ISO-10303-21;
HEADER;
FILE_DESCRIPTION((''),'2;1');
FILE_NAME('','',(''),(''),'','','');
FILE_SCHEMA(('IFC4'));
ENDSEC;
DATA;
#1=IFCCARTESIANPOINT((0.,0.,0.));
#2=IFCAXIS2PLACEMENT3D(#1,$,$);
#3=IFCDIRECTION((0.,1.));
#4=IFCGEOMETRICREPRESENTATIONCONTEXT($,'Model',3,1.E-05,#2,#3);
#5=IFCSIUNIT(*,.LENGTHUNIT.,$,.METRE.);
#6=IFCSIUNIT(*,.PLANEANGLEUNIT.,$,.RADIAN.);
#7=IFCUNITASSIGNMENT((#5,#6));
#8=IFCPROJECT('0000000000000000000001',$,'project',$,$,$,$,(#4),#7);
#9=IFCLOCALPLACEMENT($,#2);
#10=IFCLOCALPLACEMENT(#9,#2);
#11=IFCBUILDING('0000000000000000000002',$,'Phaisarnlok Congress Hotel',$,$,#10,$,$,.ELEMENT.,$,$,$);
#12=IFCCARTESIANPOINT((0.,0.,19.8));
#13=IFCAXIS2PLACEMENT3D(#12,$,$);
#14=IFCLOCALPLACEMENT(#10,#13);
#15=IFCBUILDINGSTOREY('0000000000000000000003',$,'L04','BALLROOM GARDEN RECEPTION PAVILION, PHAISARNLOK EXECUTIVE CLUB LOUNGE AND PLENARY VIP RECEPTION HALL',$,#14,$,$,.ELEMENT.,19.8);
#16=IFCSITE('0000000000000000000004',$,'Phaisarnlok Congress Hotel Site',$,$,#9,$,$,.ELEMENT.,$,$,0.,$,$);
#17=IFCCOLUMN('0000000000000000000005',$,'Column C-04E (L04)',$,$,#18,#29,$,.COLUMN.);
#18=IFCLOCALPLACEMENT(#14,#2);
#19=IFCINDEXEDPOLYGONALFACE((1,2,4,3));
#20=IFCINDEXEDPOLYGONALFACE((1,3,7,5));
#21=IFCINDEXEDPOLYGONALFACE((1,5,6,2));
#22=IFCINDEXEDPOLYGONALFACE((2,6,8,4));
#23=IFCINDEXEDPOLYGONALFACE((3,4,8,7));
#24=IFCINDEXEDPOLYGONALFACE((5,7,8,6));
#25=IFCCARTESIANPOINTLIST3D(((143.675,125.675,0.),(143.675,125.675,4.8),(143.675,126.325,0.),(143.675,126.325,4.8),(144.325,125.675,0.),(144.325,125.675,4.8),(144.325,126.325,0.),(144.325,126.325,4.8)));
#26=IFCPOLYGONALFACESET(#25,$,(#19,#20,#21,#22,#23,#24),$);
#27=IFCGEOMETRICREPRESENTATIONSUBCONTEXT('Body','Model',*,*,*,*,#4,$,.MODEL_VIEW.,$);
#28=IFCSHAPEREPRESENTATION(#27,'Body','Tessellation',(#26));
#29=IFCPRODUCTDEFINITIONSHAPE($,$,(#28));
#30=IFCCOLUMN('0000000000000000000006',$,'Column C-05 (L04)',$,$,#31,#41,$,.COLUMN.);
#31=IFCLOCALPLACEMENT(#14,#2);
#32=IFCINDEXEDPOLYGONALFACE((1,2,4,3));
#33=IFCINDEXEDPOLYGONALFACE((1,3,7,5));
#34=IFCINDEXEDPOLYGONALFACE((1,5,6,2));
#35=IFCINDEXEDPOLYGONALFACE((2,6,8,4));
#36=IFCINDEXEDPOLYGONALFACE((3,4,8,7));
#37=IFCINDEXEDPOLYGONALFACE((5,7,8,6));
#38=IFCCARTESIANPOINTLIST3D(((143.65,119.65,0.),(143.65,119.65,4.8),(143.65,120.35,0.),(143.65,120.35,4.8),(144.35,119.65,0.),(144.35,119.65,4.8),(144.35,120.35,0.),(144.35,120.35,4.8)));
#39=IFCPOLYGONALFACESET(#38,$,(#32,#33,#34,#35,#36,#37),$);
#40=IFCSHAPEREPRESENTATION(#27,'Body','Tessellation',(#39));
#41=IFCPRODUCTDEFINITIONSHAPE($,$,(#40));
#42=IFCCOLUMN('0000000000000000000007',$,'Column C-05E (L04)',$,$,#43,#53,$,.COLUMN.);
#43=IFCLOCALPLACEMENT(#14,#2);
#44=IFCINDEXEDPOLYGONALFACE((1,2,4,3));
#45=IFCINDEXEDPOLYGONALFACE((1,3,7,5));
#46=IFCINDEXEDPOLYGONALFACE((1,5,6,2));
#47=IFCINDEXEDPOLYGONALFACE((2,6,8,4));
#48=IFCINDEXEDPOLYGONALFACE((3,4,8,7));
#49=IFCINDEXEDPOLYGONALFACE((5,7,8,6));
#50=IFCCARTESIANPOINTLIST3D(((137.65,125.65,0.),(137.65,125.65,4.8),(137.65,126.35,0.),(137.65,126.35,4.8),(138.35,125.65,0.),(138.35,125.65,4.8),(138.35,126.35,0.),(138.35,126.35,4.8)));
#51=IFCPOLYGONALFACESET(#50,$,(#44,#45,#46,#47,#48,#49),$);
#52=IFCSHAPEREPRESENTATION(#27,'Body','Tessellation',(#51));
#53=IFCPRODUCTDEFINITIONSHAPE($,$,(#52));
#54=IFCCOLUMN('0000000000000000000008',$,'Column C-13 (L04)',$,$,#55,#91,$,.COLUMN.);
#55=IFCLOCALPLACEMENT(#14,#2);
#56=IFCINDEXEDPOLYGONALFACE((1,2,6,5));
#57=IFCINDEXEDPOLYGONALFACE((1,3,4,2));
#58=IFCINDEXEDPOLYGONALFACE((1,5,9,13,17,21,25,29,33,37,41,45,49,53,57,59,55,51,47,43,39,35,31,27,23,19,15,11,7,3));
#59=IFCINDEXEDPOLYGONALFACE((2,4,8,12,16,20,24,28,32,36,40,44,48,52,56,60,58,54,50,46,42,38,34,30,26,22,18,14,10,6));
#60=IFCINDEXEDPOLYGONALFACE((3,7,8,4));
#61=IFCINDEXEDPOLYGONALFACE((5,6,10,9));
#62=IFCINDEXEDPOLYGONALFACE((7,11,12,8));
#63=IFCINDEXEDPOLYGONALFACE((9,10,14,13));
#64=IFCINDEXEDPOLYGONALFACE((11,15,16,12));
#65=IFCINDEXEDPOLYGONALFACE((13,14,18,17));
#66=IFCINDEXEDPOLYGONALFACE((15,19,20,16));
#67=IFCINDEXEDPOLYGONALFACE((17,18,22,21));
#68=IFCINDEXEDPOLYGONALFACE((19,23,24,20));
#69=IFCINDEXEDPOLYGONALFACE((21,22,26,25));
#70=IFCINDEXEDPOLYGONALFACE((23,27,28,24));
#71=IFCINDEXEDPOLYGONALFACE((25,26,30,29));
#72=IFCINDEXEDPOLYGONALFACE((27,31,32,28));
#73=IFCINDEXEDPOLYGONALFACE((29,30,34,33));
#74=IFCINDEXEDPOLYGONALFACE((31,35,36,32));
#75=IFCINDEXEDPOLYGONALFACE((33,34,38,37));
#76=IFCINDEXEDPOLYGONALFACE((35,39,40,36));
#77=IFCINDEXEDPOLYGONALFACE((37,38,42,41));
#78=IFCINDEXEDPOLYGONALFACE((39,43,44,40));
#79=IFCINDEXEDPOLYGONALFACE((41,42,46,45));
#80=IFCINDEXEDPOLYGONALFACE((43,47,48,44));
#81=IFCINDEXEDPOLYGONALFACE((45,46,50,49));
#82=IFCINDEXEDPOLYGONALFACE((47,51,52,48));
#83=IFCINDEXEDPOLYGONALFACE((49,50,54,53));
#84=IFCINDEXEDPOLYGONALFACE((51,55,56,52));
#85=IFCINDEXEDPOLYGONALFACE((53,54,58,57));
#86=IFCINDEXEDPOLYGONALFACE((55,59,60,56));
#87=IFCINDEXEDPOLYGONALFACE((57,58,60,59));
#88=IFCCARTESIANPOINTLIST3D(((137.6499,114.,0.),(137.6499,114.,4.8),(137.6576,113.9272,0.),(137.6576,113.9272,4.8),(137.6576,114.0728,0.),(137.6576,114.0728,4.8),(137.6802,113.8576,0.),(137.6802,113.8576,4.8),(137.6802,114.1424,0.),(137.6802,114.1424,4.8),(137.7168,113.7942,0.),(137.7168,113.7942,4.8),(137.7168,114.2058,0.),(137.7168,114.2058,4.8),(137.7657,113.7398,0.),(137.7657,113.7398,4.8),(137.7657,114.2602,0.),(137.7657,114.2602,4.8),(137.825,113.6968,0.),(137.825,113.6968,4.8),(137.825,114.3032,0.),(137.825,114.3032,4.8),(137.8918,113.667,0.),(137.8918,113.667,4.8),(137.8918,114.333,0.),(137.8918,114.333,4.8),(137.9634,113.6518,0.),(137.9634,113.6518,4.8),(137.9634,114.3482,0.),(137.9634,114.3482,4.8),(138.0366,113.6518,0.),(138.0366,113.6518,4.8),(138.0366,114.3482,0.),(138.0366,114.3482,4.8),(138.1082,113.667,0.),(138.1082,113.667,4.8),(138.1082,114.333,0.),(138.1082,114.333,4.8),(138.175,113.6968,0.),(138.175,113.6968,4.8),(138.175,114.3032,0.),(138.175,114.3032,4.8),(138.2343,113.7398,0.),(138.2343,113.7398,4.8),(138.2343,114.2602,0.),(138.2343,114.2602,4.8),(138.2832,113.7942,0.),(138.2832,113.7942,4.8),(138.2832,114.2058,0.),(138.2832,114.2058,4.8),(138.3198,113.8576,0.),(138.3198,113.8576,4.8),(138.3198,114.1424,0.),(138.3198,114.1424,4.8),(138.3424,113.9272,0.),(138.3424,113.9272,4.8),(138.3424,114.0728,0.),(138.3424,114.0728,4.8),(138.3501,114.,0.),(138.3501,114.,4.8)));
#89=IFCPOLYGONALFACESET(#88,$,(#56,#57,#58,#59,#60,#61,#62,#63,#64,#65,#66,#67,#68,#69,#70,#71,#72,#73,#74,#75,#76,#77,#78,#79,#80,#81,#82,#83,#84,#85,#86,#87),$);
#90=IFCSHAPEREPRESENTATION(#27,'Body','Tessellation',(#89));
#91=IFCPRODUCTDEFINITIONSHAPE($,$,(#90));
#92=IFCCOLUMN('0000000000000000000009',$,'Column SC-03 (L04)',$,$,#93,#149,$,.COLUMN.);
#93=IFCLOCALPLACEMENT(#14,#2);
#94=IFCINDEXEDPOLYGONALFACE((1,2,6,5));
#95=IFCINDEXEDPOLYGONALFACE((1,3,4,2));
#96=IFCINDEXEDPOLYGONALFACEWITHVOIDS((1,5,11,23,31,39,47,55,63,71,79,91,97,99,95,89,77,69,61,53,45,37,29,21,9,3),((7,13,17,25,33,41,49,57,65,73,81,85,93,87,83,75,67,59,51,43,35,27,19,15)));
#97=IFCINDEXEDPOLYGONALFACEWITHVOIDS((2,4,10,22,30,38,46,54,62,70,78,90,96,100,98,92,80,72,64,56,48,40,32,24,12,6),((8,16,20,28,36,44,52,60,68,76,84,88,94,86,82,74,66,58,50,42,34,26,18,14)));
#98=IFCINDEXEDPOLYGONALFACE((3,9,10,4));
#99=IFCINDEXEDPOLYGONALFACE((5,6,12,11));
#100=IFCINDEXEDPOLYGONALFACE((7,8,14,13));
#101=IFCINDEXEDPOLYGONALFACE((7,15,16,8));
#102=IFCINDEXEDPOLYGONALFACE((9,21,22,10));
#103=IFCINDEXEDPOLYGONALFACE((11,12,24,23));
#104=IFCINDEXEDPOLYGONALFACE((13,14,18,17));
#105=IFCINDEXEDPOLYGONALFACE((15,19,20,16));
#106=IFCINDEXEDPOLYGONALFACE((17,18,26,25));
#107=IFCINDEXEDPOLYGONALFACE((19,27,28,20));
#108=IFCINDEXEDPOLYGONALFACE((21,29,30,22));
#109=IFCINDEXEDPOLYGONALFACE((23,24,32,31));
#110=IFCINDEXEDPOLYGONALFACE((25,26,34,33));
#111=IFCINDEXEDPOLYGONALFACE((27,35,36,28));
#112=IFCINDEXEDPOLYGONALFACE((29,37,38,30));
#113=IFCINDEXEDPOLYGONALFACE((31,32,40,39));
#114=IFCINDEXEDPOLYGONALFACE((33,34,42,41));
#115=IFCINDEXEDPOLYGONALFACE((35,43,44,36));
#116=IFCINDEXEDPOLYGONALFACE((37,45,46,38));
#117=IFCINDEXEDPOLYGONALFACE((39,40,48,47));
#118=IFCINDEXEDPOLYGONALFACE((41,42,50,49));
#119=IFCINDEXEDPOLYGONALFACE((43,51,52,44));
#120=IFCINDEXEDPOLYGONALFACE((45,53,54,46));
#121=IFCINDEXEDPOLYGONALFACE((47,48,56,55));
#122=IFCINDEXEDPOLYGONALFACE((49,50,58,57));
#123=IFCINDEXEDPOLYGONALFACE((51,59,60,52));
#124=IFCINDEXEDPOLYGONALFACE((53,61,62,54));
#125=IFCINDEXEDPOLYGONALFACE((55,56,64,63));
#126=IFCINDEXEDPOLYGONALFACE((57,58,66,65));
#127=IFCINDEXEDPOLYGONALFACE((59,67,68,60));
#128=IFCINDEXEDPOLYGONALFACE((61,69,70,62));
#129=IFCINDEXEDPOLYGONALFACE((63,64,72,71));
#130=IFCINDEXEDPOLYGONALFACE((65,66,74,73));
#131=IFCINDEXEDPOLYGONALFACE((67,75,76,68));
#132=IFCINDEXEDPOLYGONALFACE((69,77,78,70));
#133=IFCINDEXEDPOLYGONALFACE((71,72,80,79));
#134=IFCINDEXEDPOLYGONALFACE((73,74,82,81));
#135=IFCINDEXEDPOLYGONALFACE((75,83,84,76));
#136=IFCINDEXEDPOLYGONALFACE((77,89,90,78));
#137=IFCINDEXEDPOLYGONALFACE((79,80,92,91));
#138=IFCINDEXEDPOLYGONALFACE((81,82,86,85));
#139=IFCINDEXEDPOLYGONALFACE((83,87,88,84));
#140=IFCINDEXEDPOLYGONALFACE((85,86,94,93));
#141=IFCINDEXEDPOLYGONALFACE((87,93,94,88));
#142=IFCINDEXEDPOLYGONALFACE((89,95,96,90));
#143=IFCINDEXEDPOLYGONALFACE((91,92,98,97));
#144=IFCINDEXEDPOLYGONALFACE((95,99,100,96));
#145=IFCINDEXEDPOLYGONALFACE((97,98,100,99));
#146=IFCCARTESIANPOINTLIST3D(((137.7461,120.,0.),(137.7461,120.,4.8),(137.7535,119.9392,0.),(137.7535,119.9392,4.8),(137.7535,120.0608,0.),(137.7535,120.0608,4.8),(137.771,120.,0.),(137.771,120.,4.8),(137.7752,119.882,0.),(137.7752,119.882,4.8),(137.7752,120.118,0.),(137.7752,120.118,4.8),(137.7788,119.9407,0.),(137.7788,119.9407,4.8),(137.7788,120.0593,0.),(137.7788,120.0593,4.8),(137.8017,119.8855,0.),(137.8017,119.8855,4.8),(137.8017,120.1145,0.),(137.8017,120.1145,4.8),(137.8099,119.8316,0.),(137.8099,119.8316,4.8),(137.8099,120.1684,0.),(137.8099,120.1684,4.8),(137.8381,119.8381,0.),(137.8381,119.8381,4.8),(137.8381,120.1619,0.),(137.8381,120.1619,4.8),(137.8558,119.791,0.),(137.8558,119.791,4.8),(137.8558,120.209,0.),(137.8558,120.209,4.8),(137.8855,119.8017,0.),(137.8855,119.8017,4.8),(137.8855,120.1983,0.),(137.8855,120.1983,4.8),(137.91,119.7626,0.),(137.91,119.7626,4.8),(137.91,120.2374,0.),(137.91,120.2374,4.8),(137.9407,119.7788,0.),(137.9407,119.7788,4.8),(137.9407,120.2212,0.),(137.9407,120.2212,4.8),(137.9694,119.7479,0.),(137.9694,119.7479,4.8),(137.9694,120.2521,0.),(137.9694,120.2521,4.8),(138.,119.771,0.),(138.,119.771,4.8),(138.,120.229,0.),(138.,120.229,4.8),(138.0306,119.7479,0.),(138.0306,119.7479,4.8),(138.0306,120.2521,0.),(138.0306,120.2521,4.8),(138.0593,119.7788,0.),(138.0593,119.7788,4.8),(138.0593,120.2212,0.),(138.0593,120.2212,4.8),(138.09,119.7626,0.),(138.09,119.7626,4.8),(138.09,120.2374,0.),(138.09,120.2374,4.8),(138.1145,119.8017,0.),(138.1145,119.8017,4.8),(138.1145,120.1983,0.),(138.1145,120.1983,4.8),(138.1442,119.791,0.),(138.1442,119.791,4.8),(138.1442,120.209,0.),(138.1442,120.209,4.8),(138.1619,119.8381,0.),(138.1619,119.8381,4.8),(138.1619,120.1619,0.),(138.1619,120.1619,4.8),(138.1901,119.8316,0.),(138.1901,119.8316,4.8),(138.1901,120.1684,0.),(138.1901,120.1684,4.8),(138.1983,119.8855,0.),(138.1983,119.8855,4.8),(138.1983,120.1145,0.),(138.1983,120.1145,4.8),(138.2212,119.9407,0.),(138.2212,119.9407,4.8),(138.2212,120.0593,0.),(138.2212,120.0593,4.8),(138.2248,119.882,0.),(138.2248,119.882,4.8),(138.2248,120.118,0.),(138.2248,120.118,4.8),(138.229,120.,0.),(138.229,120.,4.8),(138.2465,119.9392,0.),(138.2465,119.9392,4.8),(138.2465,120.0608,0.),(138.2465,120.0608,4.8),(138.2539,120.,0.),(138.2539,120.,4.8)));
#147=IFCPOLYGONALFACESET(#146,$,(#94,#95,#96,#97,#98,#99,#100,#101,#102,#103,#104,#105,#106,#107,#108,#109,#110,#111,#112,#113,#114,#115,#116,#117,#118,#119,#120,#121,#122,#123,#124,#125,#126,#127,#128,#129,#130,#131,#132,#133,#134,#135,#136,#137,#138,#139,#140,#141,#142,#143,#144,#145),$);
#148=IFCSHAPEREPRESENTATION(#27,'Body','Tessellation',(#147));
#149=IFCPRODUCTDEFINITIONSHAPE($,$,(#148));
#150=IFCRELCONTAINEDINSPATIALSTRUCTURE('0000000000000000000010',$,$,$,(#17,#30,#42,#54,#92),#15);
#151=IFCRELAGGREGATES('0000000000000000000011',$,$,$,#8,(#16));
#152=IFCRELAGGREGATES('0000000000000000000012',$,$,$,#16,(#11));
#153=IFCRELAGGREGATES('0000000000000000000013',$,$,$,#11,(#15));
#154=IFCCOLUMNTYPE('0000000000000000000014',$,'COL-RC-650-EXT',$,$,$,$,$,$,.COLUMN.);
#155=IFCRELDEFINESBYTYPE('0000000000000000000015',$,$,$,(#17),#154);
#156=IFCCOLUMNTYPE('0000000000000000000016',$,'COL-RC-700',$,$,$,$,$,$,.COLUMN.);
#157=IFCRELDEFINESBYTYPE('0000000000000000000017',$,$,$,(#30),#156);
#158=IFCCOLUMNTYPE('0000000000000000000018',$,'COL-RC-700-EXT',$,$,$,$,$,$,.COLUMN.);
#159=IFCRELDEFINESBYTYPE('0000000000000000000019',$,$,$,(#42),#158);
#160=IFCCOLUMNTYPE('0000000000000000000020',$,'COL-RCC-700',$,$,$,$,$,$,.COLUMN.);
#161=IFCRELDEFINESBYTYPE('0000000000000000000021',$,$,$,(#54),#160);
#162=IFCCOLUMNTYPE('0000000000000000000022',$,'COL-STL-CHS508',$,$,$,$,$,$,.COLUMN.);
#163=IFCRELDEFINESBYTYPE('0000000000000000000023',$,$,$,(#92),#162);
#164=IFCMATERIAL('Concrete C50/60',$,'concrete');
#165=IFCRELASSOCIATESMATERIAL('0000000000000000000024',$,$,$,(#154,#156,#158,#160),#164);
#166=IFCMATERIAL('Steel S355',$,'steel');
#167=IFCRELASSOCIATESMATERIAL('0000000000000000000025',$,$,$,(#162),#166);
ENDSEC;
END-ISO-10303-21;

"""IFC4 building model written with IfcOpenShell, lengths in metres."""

from ifc_helpers import new_model, si_unit, direction, frame, origin, origin_2d, place, context, subcontext, project, spatial, rectangle, circle, hollow_circle, extrude, material, material_profile, profile_set, type_object, element, save


model = new_model("IFC4")

# Units and contexts
model_context = context("Model", 3, precision=1e-05, world=origin(), true_north=direction((0.0, 1.0)))
body_context = subcontext(model_context, "Body", "Model", "MODEL_VIEW")
ifc_project = project(units=[si_unit("LENGTHUNIT", "METRE"), si_unit("PLANEANGLEUNIT", "RADIAN")], contexts=[model_context])

# Site, building, storey
site_placement = place(None, origin())
site = spatial("IfcSite", under=ifc_project, at=site_placement, Name="Phaisarnlok Congress Hotel Site", CompositionType="ELEMENT", RefElevation=0.0)
building_placement = place(site_placement, origin())
building = spatial("IfcBuilding", under=site, at=building_placement, Name="Phaisarnlok Congress Hotel", CompositionType="ELEMENT")
storey_placement = place(building_placement, frame((0.0, 0.0, 19.8)))
storey = spatial("IfcBuildingStorey", under=building, at=storey_placement, Name="L04", Description="BALLROOM GARDEN RECEPTION PAVILION, PHAISARNLOK EXECUTIVE CLUB LOUNGE AND PLENARY VIP RECEPTION HALL", CompositionType="ELEMENT", Elevation=19.8)

# Columns
ifc_material_1 = material(Name="Concrete C50/60", Category="concrete")
ifc_material_profile_1 = material_profile(ifc_material_1, rectangle(XDim=0.6499, YDim=0.6499, at=origin_2d()), Name="RC 650x650")
ifc_profile_set_1 = profile_set([ifc_material_profile_1], Name="Concrete C50/60")
column_type_1 = type_object("IfcColumnType", Name="COL-RC-650-EXT", PredefinedType="COLUMN", material=ifc_profile_set_1)
column_1_placement = place(storey_placement, frame((144.0, 126.0, 0.0), z_axis=(0.0, 0.0, 1.0), x_axis=(1.0, 0.0, 0.0)))
element("IfcColumn", 1, at=column_1_placement, inside=storey, type_object=column_type_1, Name="Column C-04E (L04)", PredefinedType="COLUMN", context=body_context, shape_type="SweptSolid", body=[
    extrude(rectangle(XDim=0.6499, YDim=0.6499, at=origin_2d()), origin(), (0.0, 0.0, 1.0), 4.8),
])
ifc_material_profile_2 = material_profile(ifc_material_1, rectangle(XDim=0.7, YDim=0.7, at=origin_2d()), Name="RC 700x700")
ifc_profile_set_2 = profile_set([ifc_material_profile_2], Name="Concrete C50/60")
column_type_2 = type_object("IfcColumnType", Name="COL-RC-700", PredefinedType="COLUMN", material=ifc_profile_set_2)
column_2_placement = place(storey_placement, frame((144.0, 120.0, 0.0), z_axis=(0.0, 0.0, 1.0), x_axis=(1.0, 0.0, 0.0)))
element("IfcColumn", 2, at=column_2_placement, inside=storey, type_object=column_type_2, Name="Column C-05 (L04)", PredefinedType="COLUMN", context=body_context, shape_type="SweptSolid", body=[
    extrude(rectangle(XDim=0.7, YDim=0.7, at=origin_2d()), origin(), (0.0, 0.0, 1.0), 4.8),
])
ifc_material_profile_3 = material_profile(ifc_material_1, rectangle(XDim=0.7, YDim=0.7, at=origin_2d()), Name="RC 700x700")
ifc_profile_set_3 = profile_set([ifc_material_profile_3], Name="Concrete C50/60")
column_type_3 = type_object("IfcColumnType", Name="COL-RC-700-EXT", PredefinedType="COLUMN", material=ifc_profile_set_3)
column_3_placement = place(storey_placement, frame((138.0, 126.0, 0.0), z_axis=(0.0, 0.0, 1.0), x_axis=(1.0, 0.0, 0.0)))
element("IfcColumn", 3, at=column_3_placement, inside=storey, type_object=column_type_3, Name="Column C-05E (L04)", PredefinedType="COLUMN", context=body_context, shape_type="SweptSolid", body=[
    extrude(rectangle(XDim=0.7, YDim=0.7, at=origin_2d()), origin(), (0.0, 0.0, 1.0), 4.8),
])
ifc_material_profile_4 = material_profile(ifc_material_1, circle(Radius=0.3501, at=origin_2d()), Name="RCC D700")
ifc_profile_set_4 = profile_set([ifc_material_profile_4], Name="Concrete C50/60")
column_type_4 = type_object("IfcColumnType", Name="COL-RCC-700", PredefinedType="COLUMN", material=ifc_profile_set_4)
column_4_placement = place(storey_placement, frame((138.0, 114.0, 0.0), z_axis=(0.0, 0.0, 1.0), x_axis=(1.0, 0.0, 0.0)))
element("IfcColumn", 4, at=column_4_placement, inside=storey, type_object=column_type_4, Name="Column C-13 (L04)", PredefinedType="COLUMN", context=body_context, shape_type="SweptSolid", body=[
    extrude(circle(Radius=0.3501, at=origin_2d()), origin(), (0.0, 0.0, 1.0), 4.8),
])
ifc_material_2 = material(Name="Steel S355", Category="steel")
ifc_material_profile_5 = material_profile(ifc_material_2, hollow_circle(Radius=0.2539, WallThickness=0.0249, at=origin_2d()), Name="CHS 508x25")
ifc_profile_set_5 = profile_set([ifc_material_profile_5], Name="Steel S355")
column_type_5 = type_object("IfcColumnType", Name="COL-STL-CHS508", PredefinedType="COLUMN", material=ifc_profile_set_5)
for number, where, z_axis, x_axis, name in (
    (5, (138.0, 120.0, 0.0), (0.0, 0.0, 1.0), (1.0, 0.0, 0.0), "Column SC-03 (L04)"),
):
    element("IfcColumn", number, at=place(storey_placement, frame(where, z_axis=z_axis, x_axis=x_axis)), inside=storey, type_object=column_type_5, Name=name, PredefinedType="COLUMN", context=body_context, shape_type="SweptSolid", body=[
        extrude(hollow_circle(Radius=0.2539, WallThickness=0.0249, at=origin_2d()), origin(), (0.0, 0.0, 1.0), 4.8),
    ])

save(model, "model.ifc")
